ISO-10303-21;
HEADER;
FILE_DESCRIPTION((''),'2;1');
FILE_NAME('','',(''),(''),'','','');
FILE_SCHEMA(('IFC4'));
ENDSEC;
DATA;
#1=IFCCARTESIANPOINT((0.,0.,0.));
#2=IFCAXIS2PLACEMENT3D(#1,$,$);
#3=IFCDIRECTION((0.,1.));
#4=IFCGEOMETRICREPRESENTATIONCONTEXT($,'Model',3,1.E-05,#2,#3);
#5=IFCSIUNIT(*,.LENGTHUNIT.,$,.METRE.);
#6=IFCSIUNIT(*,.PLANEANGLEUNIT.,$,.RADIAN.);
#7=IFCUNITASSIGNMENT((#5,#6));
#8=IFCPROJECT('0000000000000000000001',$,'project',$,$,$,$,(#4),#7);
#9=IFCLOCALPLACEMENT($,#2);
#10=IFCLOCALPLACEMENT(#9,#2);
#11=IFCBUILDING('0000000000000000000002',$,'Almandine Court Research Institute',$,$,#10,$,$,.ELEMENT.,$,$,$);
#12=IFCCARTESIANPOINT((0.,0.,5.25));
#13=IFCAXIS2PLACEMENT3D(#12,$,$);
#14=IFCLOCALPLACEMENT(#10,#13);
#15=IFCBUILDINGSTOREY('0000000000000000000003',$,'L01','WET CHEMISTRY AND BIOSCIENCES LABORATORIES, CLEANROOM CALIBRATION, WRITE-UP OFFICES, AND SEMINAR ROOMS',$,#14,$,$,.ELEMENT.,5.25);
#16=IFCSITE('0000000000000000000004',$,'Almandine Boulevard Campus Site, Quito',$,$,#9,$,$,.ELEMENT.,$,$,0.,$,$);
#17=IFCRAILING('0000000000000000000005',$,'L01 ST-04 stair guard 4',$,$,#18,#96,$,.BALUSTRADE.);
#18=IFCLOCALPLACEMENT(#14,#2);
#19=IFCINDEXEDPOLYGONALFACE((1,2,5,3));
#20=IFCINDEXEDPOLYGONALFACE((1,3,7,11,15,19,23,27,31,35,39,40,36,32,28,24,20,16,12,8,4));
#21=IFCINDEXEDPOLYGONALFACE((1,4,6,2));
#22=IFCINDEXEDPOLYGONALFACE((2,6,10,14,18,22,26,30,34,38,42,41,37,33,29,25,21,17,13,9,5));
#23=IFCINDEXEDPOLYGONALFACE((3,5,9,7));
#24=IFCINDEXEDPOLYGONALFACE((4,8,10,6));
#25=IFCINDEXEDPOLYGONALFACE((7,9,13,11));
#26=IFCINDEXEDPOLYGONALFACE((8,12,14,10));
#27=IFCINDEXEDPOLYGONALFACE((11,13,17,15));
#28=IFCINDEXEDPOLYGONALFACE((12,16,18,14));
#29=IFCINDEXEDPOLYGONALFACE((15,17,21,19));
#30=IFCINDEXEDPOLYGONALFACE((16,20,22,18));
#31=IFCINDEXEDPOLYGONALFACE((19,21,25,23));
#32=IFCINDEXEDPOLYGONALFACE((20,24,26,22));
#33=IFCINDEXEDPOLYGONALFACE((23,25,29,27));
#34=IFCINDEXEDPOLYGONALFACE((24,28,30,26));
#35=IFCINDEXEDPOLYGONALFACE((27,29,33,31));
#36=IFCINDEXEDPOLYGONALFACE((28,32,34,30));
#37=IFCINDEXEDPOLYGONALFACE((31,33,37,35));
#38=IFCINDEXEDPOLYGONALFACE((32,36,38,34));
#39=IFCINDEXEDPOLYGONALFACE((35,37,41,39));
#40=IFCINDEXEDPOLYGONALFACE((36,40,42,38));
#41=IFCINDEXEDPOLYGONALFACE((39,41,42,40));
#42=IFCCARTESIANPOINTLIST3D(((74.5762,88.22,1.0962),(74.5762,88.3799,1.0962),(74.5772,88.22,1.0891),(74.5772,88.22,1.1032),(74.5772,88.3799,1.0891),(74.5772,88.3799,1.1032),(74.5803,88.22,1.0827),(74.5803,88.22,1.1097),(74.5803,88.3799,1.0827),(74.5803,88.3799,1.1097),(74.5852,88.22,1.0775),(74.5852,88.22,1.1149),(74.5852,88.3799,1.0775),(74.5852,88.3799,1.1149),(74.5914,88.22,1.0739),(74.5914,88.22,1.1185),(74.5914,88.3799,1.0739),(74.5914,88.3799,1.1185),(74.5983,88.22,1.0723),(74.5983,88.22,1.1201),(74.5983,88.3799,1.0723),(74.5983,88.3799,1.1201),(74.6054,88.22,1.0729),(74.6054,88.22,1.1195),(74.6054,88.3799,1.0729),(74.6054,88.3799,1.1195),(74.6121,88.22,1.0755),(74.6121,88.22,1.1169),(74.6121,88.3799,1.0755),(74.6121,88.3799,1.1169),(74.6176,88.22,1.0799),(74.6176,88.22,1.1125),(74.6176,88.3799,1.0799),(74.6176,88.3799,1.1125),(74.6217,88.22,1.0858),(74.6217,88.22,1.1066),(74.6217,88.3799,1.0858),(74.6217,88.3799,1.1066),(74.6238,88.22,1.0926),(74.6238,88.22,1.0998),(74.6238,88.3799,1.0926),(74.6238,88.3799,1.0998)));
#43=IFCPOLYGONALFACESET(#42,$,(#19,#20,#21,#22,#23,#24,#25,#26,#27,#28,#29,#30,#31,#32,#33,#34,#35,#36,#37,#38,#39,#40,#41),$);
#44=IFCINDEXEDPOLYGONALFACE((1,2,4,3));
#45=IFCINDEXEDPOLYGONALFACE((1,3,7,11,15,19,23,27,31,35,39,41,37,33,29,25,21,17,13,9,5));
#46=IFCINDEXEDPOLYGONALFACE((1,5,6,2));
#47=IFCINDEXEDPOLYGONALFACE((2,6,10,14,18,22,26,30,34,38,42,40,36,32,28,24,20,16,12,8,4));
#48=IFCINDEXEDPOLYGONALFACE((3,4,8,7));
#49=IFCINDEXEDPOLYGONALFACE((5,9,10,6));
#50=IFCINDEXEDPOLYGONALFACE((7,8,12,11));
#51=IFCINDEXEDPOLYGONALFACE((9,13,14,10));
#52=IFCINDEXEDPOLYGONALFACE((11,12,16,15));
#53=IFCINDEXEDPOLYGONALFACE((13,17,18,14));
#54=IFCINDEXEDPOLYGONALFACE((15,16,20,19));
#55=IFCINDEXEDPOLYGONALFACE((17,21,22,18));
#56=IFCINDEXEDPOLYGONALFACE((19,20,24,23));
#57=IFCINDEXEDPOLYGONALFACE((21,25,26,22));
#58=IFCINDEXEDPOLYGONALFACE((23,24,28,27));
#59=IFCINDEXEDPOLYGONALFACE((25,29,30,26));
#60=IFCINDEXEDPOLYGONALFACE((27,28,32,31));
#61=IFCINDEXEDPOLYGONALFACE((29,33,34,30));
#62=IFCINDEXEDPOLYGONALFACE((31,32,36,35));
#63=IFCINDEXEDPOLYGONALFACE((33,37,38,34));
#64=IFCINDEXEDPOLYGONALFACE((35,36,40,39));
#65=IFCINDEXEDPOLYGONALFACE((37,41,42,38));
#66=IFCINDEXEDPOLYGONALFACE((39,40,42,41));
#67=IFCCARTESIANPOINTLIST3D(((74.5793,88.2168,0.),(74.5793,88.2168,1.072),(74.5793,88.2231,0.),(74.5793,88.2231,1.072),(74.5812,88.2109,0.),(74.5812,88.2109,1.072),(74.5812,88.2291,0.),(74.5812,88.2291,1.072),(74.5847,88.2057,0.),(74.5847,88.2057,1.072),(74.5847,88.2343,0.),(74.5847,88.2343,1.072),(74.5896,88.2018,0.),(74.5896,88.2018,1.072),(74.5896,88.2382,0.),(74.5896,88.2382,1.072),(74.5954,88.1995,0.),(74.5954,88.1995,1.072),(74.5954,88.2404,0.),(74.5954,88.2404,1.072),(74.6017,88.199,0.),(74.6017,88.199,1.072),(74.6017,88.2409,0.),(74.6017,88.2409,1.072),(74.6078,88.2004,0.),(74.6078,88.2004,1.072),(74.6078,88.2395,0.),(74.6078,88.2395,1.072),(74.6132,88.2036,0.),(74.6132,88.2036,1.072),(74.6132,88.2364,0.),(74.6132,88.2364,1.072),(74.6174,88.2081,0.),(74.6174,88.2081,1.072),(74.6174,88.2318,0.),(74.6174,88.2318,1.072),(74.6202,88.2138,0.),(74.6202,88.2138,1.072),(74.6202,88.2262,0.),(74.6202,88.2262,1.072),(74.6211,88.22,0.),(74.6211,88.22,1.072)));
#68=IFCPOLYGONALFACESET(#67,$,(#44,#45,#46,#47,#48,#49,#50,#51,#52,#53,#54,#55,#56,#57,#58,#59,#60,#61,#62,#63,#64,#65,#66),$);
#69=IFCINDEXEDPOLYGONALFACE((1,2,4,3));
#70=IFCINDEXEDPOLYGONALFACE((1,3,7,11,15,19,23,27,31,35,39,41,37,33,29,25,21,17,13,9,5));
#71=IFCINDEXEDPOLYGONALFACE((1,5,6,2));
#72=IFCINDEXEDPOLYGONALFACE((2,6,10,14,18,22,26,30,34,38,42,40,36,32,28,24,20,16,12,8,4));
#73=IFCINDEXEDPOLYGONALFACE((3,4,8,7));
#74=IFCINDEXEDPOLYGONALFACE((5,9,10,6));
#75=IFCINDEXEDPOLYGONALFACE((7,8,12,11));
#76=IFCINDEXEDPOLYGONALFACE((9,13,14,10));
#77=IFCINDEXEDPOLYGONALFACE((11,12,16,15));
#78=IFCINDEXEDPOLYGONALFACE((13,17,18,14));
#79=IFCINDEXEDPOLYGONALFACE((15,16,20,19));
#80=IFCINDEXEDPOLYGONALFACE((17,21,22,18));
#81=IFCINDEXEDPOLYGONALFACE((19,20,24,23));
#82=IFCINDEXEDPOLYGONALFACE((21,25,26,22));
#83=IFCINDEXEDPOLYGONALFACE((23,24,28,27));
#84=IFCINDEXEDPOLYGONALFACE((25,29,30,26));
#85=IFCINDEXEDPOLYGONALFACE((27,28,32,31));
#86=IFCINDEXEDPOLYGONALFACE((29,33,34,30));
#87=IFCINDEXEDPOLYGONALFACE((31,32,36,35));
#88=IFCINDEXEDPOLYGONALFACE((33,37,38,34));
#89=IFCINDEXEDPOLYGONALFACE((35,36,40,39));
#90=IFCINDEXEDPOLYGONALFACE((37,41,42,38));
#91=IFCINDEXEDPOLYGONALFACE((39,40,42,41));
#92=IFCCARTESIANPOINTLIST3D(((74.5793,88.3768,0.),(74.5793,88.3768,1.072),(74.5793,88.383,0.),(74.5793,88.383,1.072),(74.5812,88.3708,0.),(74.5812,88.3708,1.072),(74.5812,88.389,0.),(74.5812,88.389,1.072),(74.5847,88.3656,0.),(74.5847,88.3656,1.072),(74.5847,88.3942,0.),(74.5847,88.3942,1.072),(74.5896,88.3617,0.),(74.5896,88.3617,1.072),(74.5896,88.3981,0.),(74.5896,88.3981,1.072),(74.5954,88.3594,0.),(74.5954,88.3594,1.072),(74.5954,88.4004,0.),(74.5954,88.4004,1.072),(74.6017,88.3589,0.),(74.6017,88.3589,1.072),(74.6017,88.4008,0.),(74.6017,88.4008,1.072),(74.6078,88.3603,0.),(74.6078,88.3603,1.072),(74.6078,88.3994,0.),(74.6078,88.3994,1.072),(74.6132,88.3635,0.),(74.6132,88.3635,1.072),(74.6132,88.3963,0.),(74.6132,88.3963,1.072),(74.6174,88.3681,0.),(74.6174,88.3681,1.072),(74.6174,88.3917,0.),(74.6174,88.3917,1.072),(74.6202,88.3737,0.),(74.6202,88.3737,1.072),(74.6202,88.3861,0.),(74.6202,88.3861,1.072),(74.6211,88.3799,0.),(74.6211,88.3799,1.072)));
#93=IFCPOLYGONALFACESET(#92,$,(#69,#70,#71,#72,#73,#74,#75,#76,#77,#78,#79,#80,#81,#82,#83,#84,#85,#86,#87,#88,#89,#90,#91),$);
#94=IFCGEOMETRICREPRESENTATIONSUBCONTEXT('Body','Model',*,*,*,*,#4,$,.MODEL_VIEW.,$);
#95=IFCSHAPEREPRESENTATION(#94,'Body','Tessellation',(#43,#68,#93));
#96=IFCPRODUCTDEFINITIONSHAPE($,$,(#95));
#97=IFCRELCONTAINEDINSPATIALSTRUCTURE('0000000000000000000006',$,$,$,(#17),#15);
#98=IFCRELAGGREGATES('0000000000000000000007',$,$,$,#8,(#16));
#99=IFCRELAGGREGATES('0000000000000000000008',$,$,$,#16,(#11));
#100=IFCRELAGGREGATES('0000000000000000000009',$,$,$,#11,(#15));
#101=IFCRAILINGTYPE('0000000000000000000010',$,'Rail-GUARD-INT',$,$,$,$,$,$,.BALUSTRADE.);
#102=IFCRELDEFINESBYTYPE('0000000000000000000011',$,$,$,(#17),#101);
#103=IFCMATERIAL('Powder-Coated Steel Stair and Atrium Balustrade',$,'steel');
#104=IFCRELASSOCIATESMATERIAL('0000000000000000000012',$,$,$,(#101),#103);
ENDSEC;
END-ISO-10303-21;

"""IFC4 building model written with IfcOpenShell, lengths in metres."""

from ifc_helpers import new_model, si_unit, direction, frame, origin, origin_2d, place, context, subcontext, project, spatial, circle, extrude, material, type_object, element, save


model = new_model("IFC4")

# Units and contexts
model_context = context("Model", 3, precision=1e-05, world=origin(), true_north=direction((0.0, 1.0)))
body_context = subcontext(model_context, "Body", "Model", "MODEL_VIEW")
ifc_project = project(units=[si_unit("LENGTHUNIT", "METRE"), si_unit("PLANEANGLEUNIT", "RADIAN")], contexts=[model_context])

# Site, building, storey
site_placement = place(None, origin())
site = spatial("IfcSite", under=ifc_project, at=site_placement, Name="Almandine Boulevard Campus Site, Quito", CompositionType="ELEMENT", RefElevation=0.0)
building_placement = place(site_placement, origin())
building = spatial("IfcBuilding", under=site, at=building_placement, Name="Almandine Court Research Institute", CompositionType="ELEMENT")
storey_placement = place(building_placement, frame((0.0, 0.0, 5.25)))
storey = spatial("IfcBuildingStorey", under=building, at=storey_placement, Name="L01", Description="WET CHEMISTRY AND BIOSCIENCES LABORATORIES, CLEANROOM CALIBRATION, WRITE-UP OFFICES, AND SEMINAR ROOMS", CompositionType="ELEMENT", Elevation=5.25)

# Railing
ifc_material_1 = material(Name="Powder-Coated Steel Stair and Atrium Balustrade", Category="steel")
railing_type_1 = type_object("IfcRailingType", Name="Rail-GUARD-INT", PredefinedType="BALUSTRADE", material=ifc_material_1)
railing_1_placement = place(storey_placement, frame((74.6001, 88.22, 0.0)))
element("IfcRailing", 1, at=railing_1_placement, inside=storey, type_object=railing_type_1, Name="L01 ST-04 stair guard 4", PredefinedType="BALUSTRADE", context=body_context, shape_type="SweptSolid", body=[
    extrude(circle(Radius=0.0239, at=origin_2d()), frame((0.0, 0.0, 1.0962), z_axis=(0.0, 1.0, 0.0), x_axis=(-1.0, 0.0, 0.0)), (0.0, 0.0, 1.0), 0.1599),
    extrude(circle(Radius=0.021, at=origin_2d()), origin(), (0.0, 0.0, 1.0), 1.072),
    extrude(circle(Radius=0.021, at=origin_2d()), frame((0.0, 0.1599, 0.0)), (0.0, 0.0, 1.0), 1.072),
])

save(model, "model.ifc")
